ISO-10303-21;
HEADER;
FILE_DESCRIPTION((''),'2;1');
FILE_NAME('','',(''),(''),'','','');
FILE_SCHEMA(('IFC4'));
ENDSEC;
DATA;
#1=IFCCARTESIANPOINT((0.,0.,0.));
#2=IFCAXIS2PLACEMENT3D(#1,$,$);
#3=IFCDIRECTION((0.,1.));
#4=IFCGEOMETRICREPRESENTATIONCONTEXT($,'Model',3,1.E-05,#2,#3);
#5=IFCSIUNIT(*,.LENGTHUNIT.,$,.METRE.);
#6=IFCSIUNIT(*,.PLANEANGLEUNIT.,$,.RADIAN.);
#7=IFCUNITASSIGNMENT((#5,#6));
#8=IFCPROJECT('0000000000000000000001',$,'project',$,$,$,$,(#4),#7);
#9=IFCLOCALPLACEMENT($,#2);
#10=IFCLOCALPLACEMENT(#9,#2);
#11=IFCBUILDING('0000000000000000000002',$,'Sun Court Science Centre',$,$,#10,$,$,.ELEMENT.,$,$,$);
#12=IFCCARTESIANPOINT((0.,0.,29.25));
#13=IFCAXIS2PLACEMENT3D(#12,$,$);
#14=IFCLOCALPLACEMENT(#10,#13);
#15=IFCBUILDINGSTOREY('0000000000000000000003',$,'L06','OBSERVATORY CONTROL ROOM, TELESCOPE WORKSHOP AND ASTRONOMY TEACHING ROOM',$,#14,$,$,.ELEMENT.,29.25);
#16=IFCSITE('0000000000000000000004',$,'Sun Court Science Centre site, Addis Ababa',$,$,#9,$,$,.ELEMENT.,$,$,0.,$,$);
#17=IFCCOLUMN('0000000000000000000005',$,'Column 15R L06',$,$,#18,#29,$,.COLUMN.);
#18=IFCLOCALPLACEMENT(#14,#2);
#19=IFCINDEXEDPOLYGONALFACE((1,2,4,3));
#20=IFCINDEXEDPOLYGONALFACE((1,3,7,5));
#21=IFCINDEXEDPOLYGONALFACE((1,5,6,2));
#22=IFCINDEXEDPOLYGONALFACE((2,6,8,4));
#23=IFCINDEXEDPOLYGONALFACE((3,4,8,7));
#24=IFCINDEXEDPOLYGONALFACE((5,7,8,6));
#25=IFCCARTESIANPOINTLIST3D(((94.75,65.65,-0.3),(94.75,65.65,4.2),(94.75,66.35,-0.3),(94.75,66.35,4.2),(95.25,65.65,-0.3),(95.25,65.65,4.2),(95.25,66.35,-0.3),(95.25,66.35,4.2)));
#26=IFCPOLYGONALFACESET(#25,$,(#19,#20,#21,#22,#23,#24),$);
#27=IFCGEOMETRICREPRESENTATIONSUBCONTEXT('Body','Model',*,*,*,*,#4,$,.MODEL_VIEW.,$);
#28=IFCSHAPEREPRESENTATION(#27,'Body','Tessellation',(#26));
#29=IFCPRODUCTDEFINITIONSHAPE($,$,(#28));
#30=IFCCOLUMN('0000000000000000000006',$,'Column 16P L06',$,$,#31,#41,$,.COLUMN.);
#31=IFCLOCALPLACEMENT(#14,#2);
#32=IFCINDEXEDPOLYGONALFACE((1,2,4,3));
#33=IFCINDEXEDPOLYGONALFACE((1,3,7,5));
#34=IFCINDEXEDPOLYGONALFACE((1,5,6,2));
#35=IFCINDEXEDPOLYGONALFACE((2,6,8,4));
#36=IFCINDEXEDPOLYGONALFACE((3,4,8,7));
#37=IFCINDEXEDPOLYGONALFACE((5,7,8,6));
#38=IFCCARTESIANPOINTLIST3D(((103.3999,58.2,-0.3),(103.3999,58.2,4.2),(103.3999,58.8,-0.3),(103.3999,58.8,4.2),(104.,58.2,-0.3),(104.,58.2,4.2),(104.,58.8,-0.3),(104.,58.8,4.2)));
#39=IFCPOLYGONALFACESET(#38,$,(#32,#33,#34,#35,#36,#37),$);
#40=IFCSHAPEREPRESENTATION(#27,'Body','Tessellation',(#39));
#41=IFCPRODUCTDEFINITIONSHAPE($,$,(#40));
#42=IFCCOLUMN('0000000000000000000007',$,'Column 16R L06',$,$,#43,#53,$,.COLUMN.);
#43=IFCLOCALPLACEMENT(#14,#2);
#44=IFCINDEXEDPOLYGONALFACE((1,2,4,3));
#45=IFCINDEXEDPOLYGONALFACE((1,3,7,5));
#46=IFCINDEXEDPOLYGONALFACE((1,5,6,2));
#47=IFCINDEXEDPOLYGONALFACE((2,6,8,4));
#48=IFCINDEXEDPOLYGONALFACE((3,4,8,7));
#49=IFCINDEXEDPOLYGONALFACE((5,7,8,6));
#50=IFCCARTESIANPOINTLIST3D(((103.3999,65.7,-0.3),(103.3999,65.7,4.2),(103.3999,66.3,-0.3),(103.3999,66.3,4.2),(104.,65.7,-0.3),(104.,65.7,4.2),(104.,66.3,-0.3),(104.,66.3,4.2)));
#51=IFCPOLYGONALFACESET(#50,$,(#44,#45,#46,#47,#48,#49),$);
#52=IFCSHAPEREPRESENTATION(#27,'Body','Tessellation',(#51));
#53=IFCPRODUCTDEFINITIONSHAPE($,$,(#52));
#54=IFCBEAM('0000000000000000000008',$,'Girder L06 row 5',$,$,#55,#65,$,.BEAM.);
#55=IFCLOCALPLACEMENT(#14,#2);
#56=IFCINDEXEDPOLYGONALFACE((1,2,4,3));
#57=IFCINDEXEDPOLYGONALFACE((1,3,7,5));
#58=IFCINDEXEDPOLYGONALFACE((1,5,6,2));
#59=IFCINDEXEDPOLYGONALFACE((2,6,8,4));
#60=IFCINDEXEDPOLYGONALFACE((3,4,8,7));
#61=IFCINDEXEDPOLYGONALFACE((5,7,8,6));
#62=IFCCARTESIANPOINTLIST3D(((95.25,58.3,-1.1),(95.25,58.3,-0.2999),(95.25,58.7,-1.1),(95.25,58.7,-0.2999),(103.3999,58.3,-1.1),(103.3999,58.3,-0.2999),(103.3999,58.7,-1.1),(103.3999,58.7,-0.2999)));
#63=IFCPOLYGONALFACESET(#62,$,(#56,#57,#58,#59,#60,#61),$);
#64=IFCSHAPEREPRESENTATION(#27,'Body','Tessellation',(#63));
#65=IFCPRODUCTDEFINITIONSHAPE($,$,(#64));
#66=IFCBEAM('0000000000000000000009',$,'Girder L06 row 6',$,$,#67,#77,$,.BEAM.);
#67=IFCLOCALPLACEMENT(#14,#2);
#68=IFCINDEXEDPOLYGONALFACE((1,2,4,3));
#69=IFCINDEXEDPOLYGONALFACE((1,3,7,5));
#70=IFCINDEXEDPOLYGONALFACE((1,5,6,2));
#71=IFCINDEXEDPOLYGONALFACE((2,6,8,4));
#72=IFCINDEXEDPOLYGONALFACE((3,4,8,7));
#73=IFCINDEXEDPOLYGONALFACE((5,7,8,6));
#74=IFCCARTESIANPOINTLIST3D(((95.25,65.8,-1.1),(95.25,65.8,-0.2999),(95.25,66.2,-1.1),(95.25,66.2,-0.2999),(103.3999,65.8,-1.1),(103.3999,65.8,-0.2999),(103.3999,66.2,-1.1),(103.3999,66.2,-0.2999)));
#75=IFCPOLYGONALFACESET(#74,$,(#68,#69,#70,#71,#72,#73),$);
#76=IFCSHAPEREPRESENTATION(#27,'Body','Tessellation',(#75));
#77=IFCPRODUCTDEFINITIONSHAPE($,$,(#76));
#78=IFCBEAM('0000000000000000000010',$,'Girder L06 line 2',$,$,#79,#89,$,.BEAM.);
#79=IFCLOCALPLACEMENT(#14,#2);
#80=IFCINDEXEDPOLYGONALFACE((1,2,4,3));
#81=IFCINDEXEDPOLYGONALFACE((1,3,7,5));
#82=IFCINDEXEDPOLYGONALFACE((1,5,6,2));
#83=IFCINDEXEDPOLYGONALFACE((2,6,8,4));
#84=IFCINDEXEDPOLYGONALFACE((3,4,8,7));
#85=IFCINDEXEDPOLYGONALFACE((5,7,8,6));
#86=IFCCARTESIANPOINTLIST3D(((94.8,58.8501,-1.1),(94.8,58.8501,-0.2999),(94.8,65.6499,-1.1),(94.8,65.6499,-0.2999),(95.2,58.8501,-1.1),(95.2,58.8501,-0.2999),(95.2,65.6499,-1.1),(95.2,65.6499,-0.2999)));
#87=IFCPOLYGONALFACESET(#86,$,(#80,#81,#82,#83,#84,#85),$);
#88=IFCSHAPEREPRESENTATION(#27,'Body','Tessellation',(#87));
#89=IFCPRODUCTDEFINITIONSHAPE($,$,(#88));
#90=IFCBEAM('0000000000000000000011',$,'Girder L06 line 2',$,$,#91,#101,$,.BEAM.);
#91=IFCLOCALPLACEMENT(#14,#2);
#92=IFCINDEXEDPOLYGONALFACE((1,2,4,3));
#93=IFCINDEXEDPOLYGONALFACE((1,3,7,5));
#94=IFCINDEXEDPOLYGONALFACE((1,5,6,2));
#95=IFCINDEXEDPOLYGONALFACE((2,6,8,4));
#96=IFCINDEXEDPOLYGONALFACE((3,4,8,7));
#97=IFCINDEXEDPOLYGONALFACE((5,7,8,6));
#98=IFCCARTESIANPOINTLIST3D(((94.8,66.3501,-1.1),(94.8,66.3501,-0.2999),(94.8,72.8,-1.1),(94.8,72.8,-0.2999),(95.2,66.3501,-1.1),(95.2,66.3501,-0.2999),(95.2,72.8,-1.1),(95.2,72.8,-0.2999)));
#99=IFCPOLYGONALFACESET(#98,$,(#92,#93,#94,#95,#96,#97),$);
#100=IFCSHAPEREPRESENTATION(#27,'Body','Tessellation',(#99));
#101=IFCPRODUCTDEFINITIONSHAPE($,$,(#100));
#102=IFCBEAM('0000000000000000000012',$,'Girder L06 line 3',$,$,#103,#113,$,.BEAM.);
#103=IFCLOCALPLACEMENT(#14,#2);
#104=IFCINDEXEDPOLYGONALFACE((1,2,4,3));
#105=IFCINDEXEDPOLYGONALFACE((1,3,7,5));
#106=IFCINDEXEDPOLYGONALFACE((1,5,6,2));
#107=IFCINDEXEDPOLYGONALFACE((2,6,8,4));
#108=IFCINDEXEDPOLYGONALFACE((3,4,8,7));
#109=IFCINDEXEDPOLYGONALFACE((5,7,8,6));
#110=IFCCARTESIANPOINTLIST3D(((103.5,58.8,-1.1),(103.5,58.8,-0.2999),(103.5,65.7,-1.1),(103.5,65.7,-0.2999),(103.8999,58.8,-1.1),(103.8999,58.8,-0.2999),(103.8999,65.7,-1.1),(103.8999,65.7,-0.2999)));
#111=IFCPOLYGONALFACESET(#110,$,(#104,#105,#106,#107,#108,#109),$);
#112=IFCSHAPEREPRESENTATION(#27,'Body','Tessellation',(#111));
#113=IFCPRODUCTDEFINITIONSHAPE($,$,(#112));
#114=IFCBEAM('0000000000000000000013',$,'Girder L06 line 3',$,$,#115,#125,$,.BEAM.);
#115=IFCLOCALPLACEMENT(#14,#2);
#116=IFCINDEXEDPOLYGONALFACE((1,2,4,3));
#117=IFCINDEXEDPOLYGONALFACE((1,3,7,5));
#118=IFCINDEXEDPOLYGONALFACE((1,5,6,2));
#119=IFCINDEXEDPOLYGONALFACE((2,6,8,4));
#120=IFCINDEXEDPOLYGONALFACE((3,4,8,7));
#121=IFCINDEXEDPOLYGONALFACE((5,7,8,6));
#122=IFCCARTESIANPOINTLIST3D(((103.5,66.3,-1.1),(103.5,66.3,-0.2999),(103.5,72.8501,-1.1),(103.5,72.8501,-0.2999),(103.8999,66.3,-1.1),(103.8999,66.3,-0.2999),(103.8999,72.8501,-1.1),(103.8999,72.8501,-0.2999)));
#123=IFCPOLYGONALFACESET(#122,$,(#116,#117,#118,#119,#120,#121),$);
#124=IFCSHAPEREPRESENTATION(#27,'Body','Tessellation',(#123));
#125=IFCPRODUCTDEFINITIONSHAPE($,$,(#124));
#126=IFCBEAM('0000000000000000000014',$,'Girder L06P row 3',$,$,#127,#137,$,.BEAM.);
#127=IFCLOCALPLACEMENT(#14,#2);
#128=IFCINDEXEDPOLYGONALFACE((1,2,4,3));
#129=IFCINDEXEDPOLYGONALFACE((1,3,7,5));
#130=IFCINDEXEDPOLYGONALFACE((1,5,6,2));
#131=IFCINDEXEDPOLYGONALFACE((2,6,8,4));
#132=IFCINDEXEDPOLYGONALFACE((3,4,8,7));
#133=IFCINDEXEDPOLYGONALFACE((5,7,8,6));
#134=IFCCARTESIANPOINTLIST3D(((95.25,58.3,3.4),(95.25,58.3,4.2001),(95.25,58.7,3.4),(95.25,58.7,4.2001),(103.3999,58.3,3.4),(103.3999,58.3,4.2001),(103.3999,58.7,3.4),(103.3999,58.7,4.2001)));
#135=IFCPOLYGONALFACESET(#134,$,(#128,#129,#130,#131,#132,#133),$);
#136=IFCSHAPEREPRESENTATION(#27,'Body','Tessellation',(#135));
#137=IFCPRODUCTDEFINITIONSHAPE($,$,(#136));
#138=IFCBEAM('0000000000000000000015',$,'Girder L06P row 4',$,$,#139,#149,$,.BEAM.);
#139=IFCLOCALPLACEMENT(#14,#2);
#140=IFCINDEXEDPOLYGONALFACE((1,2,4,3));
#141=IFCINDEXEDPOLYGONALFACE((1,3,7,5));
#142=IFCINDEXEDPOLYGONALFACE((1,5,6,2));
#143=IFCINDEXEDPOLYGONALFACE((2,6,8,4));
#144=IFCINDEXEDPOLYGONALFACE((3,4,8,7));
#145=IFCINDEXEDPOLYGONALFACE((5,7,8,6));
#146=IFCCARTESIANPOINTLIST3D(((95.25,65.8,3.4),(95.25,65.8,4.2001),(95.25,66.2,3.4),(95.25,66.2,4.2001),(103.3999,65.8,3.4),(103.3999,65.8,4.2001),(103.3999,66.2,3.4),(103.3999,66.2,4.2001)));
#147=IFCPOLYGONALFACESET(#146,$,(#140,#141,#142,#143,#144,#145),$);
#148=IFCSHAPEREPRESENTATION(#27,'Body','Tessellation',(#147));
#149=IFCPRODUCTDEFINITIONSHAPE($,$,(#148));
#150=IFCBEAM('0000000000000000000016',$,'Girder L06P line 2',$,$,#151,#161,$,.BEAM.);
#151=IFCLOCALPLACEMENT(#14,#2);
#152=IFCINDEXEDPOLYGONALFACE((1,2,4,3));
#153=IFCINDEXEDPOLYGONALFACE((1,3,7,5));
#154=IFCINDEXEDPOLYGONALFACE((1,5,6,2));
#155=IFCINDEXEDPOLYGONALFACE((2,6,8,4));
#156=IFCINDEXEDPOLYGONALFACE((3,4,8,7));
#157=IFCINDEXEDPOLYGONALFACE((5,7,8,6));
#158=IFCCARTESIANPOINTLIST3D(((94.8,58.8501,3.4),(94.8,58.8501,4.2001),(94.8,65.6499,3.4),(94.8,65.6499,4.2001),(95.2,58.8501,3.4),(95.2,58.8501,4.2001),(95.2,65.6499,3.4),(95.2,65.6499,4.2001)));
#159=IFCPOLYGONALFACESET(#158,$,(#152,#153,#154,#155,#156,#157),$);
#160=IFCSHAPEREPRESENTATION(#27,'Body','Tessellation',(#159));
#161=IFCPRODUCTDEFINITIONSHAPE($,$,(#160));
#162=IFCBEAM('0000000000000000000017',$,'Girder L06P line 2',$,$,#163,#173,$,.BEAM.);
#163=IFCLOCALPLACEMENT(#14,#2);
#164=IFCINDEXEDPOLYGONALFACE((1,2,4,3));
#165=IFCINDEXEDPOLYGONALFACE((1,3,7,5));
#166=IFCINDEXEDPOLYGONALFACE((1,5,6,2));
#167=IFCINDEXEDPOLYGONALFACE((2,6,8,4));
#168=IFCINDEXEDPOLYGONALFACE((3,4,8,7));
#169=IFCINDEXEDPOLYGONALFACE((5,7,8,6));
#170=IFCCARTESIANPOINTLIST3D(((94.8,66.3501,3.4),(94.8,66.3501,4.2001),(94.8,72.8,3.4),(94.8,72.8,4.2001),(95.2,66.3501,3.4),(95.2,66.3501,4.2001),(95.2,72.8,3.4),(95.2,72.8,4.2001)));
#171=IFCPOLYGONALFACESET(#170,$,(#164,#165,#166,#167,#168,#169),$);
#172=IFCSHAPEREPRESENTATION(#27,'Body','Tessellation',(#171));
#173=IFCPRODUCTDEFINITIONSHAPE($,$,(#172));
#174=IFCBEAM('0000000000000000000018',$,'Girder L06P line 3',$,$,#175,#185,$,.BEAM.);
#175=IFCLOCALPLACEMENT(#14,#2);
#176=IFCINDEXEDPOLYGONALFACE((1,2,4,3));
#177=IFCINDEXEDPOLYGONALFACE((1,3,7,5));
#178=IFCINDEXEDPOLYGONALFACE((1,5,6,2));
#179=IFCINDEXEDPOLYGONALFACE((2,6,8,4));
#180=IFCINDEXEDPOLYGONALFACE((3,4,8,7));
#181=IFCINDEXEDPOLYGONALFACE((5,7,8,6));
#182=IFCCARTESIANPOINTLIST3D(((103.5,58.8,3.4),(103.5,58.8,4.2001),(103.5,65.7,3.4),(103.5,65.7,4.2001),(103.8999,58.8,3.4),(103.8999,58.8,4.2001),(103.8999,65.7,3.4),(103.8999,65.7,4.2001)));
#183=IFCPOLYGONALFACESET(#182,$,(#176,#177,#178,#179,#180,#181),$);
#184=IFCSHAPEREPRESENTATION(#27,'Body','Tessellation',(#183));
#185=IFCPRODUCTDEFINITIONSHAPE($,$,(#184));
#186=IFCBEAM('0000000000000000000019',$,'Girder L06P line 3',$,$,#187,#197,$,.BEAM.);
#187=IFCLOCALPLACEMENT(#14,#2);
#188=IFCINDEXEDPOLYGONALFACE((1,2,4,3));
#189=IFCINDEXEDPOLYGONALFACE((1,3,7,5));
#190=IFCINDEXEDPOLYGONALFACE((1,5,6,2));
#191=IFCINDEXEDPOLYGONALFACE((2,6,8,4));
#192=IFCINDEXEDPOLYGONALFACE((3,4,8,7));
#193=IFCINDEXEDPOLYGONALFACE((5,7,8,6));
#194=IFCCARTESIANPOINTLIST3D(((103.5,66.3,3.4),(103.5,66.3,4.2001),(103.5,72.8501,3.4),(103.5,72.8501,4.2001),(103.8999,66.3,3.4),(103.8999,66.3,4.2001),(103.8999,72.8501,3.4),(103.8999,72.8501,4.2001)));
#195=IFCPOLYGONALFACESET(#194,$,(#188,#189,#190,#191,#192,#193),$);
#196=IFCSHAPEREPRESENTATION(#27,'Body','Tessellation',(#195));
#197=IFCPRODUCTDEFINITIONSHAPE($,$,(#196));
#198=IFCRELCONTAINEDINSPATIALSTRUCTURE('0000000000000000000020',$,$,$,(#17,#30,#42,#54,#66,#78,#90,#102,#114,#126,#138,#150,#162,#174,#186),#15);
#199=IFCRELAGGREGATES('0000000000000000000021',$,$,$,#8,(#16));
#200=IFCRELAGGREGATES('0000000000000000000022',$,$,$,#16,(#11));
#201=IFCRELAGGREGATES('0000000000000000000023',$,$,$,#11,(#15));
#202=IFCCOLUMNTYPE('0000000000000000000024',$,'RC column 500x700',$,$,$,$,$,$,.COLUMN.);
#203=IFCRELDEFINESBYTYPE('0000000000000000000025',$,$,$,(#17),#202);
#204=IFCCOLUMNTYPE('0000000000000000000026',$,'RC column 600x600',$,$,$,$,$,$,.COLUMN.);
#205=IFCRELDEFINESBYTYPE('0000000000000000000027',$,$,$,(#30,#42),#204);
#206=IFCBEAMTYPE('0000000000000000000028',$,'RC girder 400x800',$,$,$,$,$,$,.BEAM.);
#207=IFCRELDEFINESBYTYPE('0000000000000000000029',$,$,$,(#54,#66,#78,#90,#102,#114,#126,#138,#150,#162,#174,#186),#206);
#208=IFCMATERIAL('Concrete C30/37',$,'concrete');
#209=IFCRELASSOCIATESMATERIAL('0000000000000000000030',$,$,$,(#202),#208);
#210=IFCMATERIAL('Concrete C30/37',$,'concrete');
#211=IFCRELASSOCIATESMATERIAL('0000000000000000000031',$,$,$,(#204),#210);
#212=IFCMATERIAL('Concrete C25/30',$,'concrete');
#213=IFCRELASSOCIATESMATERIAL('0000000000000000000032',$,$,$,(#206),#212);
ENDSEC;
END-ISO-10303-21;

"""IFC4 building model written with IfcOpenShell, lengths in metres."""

from ifc_helpers import new_model, si_unit, direction, frame, origin, origin_2d, place, context, subcontext, project, spatial, rectangle, extrude, material, material_profile, profile_set, type_object, element, save


model = new_model("IFC4")

# Units and contexts
model_context = context("Model", 3, precision=1e-05, world=origin(), true_north=direction((0.0, 1.0)))
body_context = subcontext(model_context, "Body", "Model", "MODEL_VIEW")
ifc_project = project(units=[si_unit("LENGTHUNIT", "METRE"), si_unit("PLANEANGLEUNIT", "RADIAN")], contexts=[model_context])

# Site, building, storey
site_placement = place(None, origin())
site = spatial("IfcSite", under=ifc_project, at=site_placement, Name="Sun Court Science Centre site, Addis Ababa", CompositionType="ELEMENT", RefElevation=0.0)
building_placement = place(site_placement, origin())
building = spatial("IfcBuilding", under=site, at=building_placement, Name="Sun Court Science Centre", CompositionType="ELEMENT")
storey_placement = place(building_placement, frame((0.0, 0.0, 29.25)))
storey = spatial("IfcBuildingStorey", under=building, at=storey_placement, Name="L06", Description="OBSERVATORY CONTROL ROOM, TELESCOPE WORKSHOP AND ASTRONOMY TEACHING ROOM", CompositionType="ELEMENT", Elevation=29.25)

# Columns
ifc_material_1 = material(Name="Concrete C30/37", Category="concrete")
ifc_material_profile_1 = material_profile(ifc_material_1, rectangle(XDim=0.5, YDim=0.7, at=origin_2d()), Name="RC 500x700")
ifc_profile_set_1 = profile_set([ifc_material_profile_1], Name="Concrete C30/37")
column_type_1 = type_object("IfcColumnType", Name="RC column 500x700", PredefinedType="COLUMN", material=ifc_profile_set_1)
column_placement = place(storey_placement, frame((95.0, 66.0, -0.3), z_axis=(0.0, 0.0, 1.0), x_axis=(1.0, 0.0, 0.0)))
element("IfcColumn", 1, at=column_placement, inside=storey, type_object=column_type_1, Name="Column 15R L06", PredefinedType="COLUMN", context=body_context, shape_type="SweptSolid", body=[
    extrude(rectangle(XDim=0.5, YDim=0.7, at=origin_2d()), origin(), (0.0, 0.0, 1.0), 4.5),
])
ifc_material_2 = material(Name="Concrete C30/37", Category="concrete")
ifc_material_profile_2 = material_profile(ifc_material_2, rectangle(XDim=0.6001, YDim=0.6001, at=origin_2d()), Name="RC 600x600")
ifc_profile_set_2 = profile_set([ifc_material_profile_2], Name="Concrete C30/37")
column_type_2 = type_object("IfcColumnType", Name="RC column 600x600", PredefinedType="COLUMN", material=ifc_profile_set_2)
for number, where, z_axis, x_axis, name in (
    (2, (103.7, 58.5, -0.3), (0.0, 0.0, 1.0), (1.0, 0.0, 0.0), "Column 16P L06"),
    (3, (103.7, 66.0, -0.3), (0.0, 0.0, 1.0), (1.0, 0.0, 0.0), "Column 16R L06"),
):
    element("IfcColumn", number, at=place(storey_placement, frame(where, z_axis=z_axis, x_axis=x_axis)), inside=storey, type_object=column_type_2, Name=name, PredefinedType="COLUMN", context=body_context, shape_type="SweptSolid", body=[
        extrude(rectangle(XDim=0.6001, YDim=0.6001, at=origin_2d()), origin(), (0.0, 0.0, 1.0), 4.5),
    ])

# Beams
ifc_material_3 = material(Name="Concrete C25/30", Category="concrete")
ifc_material_profile_3 = material_profile(ifc_material_3, rectangle(XDim=0.3999, YDim=0.8, at=origin_2d()), Name="RC 400x800")
ifc_profile_set_3 = profile_set([ifc_material_profile_3], Name="Concrete C25/30")
beam_type_1 = type_object("IfcBeamType", Name="RC girder 400x800", PredefinedType="BEAM", material=ifc_profile_set_3)
for number, where, z_axis, x_axis, name in (
    (4, (95.25, 58.5, -0.7), (1.0, 0.0, 0.0), (0.0, 1.0, 0.0), "Girder L06 row 5"),
    (5, (95.25, 66.0, -0.7), (1.0, 0.0, 0.0), (0.0, 1.0, 0.0), "Girder L06 row 6"),
):
    element("IfcBeam", number, at=place(storey_placement, frame(where, z_axis=z_axis, x_axis=x_axis)), inside=storey, type_object=beam_type_1, Name=name, PredefinedType="BEAM", context=body_context, shape_type="SweptSolid", body=[
        extrude(rectangle(XDim=0.3999, YDim=0.8, at=origin_2d()), origin(), (0.0, 0.0, 1.0), 8.1499),
    ])
beam_1_placement = place(storey_placement, frame((95.0, 58.8501, -0.7), z_axis=(0.0, 1.0, 0.0), x_axis=(-1.0, 0.0, 0.0)))
element("IfcBeam", 6, at=beam_1_placement, inside=storey, type_object=beam_type_1, Name="Girder L06 line 2", PredefinedType="BEAM", context=body_context, shape_type="SweptSolid", body=[
    extrude(rectangle(XDim=0.3999, YDim=0.8, at=origin_2d()), origin(), (0.0, 0.0, 1.0), 6.7998),
])
beam_2_placement = place(storey_placement, frame((95.0, 66.3501, -0.7), z_axis=(0.0, 1.0, 0.0), x_axis=(-1.0, 0.0, 0.0)))
element("IfcBeam", 7, at=beam_2_placement, inside=storey, type_object=beam_type_1, Name="Girder L06 line 2", PredefinedType="BEAM", context=body_context, shape_type="SweptSolid", body=[
    extrude(rectangle(XDim=0.3999, YDim=0.8, at=origin_2d()), origin(), (0.0, 0.0, 1.0), 6.45),
])
beam_3_placement = place(storey_placement, frame((103.7, 58.8, -0.7), z_axis=(0.0, 1.0, 0.0), x_axis=(-1.0, 0.0, 0.0)))
element("IfcBeam", 8, at=beam_3_placement, inside=storey, type_object=beam_type_1, Name="Girder L06 line 3", PredefinedType="BEAM", context=body_context, shape_type="SweptSolid", body=[
    extrude(rectangle(XDim=0.3999, YDim=0.8, at=origin_2d()), origin(), (0.0, 0.0, 1.0), 6.8999),
])
beam_4_placement = place(storey_placement, frame((103.7, 66.3, -0.7), z_axis=(0.0, 1.0, 0.0), x_axis=(-1.0, 0.0, 0.0)))
element("IfcBeam", 9, at=beam_4_placement, inside=storey, type_object=beam_type_1, Name="Girder L06 line 3", PredefinedType="BEAM", context=body_context, shape_type="SweptSolid", body=[
    extrude(rectangle(XDim=0.3999, YDim=0.8, at=origin_2d()), origin(), (0.0, 0.0, 1.0), 6.55),
])
for number, where, z_axis, x_axis, name in (
    (10, (95.25, 58.5, 3.8), (1.0, 0.0, 0.0), (0.0, 1.0, 0.0), "Girder L06P row 3"),
    (11, (95.25, 66.0, 3.8), (1.0, 0.0, 0.0), (0.0, 1.0, 0.0), "Girder L06P row 4"),
):
    element("IfcBeam", number, at=place(storey_placement, frame(where, z_axis=z_axis, x_axis=x_axis)), inside=storey, type_object=beam_type_1, Name=name, PredefinedType="BEAM", context=body_context, shape_type="SweptSolid", body=[
        extrude(rectangle(XDim=0.3999, YDim=0.8, at=origin_2d()), origin(), (0.0, 0.0, 1.0), 8.1499),
    ])
beam_5_placement = place(storey_placement, frame((95.0, 58.8501, 3.8), z_axis=(0.0, 1.0, 0.0), x_axis=(-1.0, 0.0, 0.0)))
element("IfcBeam", 12, at=beam_5_placement, inside=storey, type_object=beam_type_1, Name="Girder L06P line 2", PredefinedType="BEAM", context=body_context, shape_type="SweptSolid", body=[
    extrude(rectangle(XDim=0.3999, YDim=0.8, at=origin_2d()), origin(), (0.0, 0.0, 1.0), 6.7998),
])
beam_6_placement = place(storey_placement, frame((95.0, 66.3501, 3.8), z_axis=(0.0, 1.0, 0.0), x_axis=(-1.0, 0.0, 0.0)))
element("IfcBeam", 13, at=beam_6_placement, inside=storey, type_object=beam_type_1, Name="Girder L06P line 2", PredefinedType="BEAM", context=body_context, shape_type="SweptSolid", body=[
    extrude(rectangle(XDim=0.3999, YDim=0.8, at=origin_2d()), origin(), (0.0, 0.0, 1.0), 6.45),
])
beam_7_placement = place(storey_placement, frame((103.7, 58.8, 3.8), z_axis=(0.0, 1.0, 0.0), x_axis=(-1.0, 0.0, 0.0)))
element("IfcBeam", 14, at=beam_7_placement, inside=storey, type_object=beam_type_1, Name="Girder L06P line 3", PredefinedType="BEAM", context=body_context, shape_type="SweptSolid", body=[
    extrude(rectangle(XDim=0.3999, YDim=0.8, at=origin_2d()), origin(), (0.0, 0.0, 1.0), 6.8999),
])
beam_8_placement = place(storey_placement, frame((103.7, 66.3, 3.8), z_axis=(0.0, 1.0, 0.0), x_axis=(-1.0, 0.0, 0.0)))
element("IfcBeam", 15, at=beam_8_placement, inside=storey, type_object=beam_type_1, Name="Girder L06P line 3", PredefinedType="BEAM", context=body_context, shape_type="SweptSolid", body=[
    extrude(rectangle(XDim=0.3999, YDim=0.8, at=origin_2d()), origin(), (0.0, 0.0, 1.0), 6.55),
])

save(model, "model.ifc")
